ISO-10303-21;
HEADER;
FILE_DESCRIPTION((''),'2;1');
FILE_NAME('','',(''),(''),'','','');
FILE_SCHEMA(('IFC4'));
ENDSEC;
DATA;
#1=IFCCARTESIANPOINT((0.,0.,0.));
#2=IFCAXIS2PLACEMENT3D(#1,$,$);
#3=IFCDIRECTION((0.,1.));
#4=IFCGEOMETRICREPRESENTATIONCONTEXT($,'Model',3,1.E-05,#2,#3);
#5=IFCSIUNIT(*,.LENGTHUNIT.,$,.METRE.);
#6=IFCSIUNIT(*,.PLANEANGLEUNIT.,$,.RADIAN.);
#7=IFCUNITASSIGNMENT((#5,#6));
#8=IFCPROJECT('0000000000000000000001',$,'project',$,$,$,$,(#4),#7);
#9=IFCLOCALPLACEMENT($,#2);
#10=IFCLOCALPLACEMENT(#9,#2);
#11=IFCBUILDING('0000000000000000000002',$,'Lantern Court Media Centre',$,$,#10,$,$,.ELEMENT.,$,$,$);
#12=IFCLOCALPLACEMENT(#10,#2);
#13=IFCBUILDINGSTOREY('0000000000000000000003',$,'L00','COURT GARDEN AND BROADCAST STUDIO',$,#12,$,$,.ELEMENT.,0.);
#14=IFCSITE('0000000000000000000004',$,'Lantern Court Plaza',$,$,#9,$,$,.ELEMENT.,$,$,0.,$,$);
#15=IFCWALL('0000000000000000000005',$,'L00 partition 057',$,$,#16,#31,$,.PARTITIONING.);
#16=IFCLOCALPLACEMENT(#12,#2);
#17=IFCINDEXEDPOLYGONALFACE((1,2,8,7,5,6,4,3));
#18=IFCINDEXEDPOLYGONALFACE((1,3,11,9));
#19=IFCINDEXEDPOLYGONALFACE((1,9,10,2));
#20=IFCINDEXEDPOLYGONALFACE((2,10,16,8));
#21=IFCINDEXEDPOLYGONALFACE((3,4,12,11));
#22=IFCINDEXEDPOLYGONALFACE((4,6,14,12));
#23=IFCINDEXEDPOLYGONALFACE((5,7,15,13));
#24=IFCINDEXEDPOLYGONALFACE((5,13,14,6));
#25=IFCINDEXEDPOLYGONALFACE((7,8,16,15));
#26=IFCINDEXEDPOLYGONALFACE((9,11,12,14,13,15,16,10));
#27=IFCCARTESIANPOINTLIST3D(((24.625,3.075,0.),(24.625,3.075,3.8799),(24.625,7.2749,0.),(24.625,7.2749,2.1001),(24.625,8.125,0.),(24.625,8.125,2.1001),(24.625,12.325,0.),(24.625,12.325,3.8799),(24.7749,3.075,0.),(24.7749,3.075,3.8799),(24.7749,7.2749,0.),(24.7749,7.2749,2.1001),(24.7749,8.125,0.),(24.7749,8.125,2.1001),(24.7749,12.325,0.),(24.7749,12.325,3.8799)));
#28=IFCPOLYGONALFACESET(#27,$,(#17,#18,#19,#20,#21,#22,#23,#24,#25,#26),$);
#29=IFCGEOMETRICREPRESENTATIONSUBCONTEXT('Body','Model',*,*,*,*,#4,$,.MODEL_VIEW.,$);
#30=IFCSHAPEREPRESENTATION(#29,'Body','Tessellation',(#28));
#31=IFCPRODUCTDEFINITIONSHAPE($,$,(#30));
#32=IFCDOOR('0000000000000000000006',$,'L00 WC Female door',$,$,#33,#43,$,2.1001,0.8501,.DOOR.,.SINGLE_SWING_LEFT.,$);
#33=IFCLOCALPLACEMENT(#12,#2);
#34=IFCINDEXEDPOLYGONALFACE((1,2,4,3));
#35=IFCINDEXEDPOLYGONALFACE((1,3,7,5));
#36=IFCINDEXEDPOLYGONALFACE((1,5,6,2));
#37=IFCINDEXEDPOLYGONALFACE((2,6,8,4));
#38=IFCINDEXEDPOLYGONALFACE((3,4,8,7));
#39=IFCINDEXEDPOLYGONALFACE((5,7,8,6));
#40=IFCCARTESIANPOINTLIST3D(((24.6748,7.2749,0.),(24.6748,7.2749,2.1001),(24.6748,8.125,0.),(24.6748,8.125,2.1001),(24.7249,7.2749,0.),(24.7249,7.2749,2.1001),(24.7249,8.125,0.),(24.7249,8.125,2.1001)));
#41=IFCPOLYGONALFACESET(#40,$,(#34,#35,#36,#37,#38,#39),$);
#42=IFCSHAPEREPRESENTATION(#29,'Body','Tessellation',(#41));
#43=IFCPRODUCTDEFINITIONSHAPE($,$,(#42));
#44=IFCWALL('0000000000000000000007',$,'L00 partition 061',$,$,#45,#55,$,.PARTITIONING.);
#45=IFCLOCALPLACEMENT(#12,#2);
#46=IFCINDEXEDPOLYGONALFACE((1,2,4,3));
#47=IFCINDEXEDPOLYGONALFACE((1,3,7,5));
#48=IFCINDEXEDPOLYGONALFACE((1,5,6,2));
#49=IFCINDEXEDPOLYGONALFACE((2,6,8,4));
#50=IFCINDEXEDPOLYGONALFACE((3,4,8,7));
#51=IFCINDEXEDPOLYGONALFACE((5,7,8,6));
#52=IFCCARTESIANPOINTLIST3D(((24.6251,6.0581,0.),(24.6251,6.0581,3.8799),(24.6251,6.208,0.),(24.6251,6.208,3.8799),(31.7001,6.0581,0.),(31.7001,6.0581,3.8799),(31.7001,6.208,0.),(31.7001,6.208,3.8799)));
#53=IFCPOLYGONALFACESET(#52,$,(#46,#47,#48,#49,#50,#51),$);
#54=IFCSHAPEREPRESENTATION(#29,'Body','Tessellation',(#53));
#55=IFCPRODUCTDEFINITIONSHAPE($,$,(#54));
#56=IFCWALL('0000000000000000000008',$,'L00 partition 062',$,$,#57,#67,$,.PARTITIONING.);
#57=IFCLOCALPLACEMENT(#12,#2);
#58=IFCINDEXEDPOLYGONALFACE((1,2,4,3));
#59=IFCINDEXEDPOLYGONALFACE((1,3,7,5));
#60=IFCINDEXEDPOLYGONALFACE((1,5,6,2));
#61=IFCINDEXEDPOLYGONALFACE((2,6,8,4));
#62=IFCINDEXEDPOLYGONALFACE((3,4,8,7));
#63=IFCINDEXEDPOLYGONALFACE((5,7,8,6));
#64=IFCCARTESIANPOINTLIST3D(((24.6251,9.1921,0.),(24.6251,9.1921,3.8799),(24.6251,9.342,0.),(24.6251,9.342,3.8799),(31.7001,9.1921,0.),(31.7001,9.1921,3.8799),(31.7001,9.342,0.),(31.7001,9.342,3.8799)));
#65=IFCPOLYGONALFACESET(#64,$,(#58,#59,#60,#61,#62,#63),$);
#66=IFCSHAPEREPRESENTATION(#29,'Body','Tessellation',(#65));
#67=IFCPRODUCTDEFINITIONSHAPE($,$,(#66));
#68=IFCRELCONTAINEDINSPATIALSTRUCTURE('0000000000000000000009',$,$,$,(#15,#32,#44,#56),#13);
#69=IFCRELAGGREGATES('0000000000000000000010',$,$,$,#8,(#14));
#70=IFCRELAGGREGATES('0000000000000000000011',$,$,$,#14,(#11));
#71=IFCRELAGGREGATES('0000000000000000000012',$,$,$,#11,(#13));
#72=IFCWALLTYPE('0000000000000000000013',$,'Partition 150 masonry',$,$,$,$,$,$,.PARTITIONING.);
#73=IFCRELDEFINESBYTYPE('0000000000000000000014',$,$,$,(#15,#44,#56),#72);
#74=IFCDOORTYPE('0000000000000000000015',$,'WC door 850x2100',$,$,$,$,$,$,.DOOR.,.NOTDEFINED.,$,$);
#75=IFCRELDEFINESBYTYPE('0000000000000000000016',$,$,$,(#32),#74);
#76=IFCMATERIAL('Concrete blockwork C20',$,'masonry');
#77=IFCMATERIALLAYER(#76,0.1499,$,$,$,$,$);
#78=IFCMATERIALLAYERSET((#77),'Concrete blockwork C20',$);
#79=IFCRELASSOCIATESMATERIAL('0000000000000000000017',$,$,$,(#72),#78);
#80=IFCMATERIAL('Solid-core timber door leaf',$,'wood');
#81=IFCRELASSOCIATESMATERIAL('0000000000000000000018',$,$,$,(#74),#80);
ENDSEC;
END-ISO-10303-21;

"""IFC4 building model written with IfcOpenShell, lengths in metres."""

from ifc_helpers import new_model, si_unit, direction, frame, frame_2d, origin, place, context, subcontext, project, spatial, rectangle, extrude, material, layer, layer_set, type_object, element, fill, save


model = new_model("IFC4")

# Units and contexts
model_context = context("Model", 3, precision=1e-05, world=origin(), true_north=direction((0.0, 1.0)))
body_context = subcontext(model_context, "Body", "Model", "MODEL_VIEW")
ifc_project = project(units=[si_unit("LENGTHUNIT", "METRE"), si_unit("PLANEANGLEUNIT", "RADIAN")], contexts=[model_context])

# Site, building, storey
site_placement = place(None, origin())
site = spatial("IfcSite", under=ifc_project, at=site_placement, Name="Lantern Court Plaza", CompositionType="ELEMENT", RefElevation=0.0)
building_placement = place(site_placement, origin())
building = spatial("IfcBuilding", under=site, at=building_placement, Name="Lantern Court Media Centre", CompositionType="ELEMENT")
storey_placement = place(building_placement, origin())
storey = spatial("IfcBuildingStorey", under=building, at=storey_placement, Name="L00", Description="COURT GARDEN AND BROADCAST STUDIO", CompositionType="ELEMENT", Elevation=0.0)

# Wall, opening, door
ifc_material_1 = material(Name="Concrete blockwork C20", Category="masonry")
ifc_layer_1 = layer(ifc_material_1, 0.1499)
ifc_layer_set_1 = layer_set([ifc_layer_1], Name="Concrete blockwork C20")
wall_type = type_object("IfcWallType", Name="Partition 150 masonry", PredefinedType="PARTITIONING", material=ifc_layer_set_1)
ifc_material_2 = material(Name="Solid-core timber door leaf", Category="wood")
door_type = type_object("IfcDoorType", Name="WC door 850x2100", OperationType="NOTDEFINED", PredefinedType="DOOR", material=ifc_material_2)
wall_1_placement = place(storey_placement, frame((24.7, 3.075, 0.0), z_axis=(0.0, 0.0, 1.0), x_axis=(0.0, 1.0, 0.0)))
wall_1 = element("IfcWall", 1, at=wall_1_placement, inside=storey, type_object=wall_type, Name="L00 partition 057", PredefinedType="PARTITIONING", context=body_context, shape_type="SweptSolid", body=[
    extrude(rectangle(XDim=9.25, YDim=0.1499, at=frame_2d((4.625, 0.0))), origin(), (0.0, 0.0, 1.0), 3.8799),
])
opening_1_placement = place(wall_1_placement, frame((4.2, 0.0, 0.0)))
opening_1 = element("IfcOpeningElement", 2, at=opening_1_placement, cuts=wall_1, PredefinedType="OPENING", context=body_context, shape_type="SweptSolid", body=[
    extrude(rectangle(XDim=0.8501, YDim=2.1001, at=frame_2d((0.425, 1.05))), frame((0.0, 0.085, 0.0), z_axis=(0.0, -1.0, 0.0), x_axis=(1.0, 0.0, 0.0)), (0.0, 0.0, 1.0), 0.1699),
])
door_1_placement = place(opening_1_placement, frame((0.8501, 0.0, 0.0), z_axis=(0.0, 0.0, 1.0), x_axis=(-1.0, 0.0, 0.0)))
door_1 = element("IfcDoor", 3, at=door_1_placement, inside=storey, type_object=door_type, Name="L00 WC Female door", OperationType="SINGLE_SWING_LEFT", OverallHeight=2.1001, OverallWidth=0.8501, PredefinedType="DOOR", context=body_context, shape_type="SweptSolid", body=[
    extrude(rectangle(XDim=0.8501, YDim=2.1001, at=frame_2d((0.425, 1.05))), frame((0.0, 0.0249, 0.0), z_axis=(0.0, -1.0, 0.0), x_axis=(1.0, 0.0, 0.0)), (0.0, 0.0, 1.0), 0.05),
])
fill(opening_1, door_1)

# Walls
for number, where, z_axis, x_axis, name in (
    (4, (24.625, 6.1331, 0.0), (0.0, 0.0, 1.0), (1.0, 0.0, 0.0), "L00 partition 061"),
    (5, (24.625, 9.2671, 0.0), (0.0, 0.0, 1.0), (1.0, 0.0, 0.0), "L00 partition 062"),
):
    element("IfcWall", number, at=place(storey_placement, frame(where, z_axis=z_axis, x_axis=x_axis)), inside=storey, type_object=wall_type, Name=name, PredefinedType="PARTITIONING", context=body_context, shape_type="SweptSolid", body=[
        extrude(rectangle(XDim=7.075, YDim=0.1499, at=frame_2d((3.5376, 0.0))), origin(), (0.0, 0.0, 1.0), 3.8799),
    ])

save(model, "model.ifc")
